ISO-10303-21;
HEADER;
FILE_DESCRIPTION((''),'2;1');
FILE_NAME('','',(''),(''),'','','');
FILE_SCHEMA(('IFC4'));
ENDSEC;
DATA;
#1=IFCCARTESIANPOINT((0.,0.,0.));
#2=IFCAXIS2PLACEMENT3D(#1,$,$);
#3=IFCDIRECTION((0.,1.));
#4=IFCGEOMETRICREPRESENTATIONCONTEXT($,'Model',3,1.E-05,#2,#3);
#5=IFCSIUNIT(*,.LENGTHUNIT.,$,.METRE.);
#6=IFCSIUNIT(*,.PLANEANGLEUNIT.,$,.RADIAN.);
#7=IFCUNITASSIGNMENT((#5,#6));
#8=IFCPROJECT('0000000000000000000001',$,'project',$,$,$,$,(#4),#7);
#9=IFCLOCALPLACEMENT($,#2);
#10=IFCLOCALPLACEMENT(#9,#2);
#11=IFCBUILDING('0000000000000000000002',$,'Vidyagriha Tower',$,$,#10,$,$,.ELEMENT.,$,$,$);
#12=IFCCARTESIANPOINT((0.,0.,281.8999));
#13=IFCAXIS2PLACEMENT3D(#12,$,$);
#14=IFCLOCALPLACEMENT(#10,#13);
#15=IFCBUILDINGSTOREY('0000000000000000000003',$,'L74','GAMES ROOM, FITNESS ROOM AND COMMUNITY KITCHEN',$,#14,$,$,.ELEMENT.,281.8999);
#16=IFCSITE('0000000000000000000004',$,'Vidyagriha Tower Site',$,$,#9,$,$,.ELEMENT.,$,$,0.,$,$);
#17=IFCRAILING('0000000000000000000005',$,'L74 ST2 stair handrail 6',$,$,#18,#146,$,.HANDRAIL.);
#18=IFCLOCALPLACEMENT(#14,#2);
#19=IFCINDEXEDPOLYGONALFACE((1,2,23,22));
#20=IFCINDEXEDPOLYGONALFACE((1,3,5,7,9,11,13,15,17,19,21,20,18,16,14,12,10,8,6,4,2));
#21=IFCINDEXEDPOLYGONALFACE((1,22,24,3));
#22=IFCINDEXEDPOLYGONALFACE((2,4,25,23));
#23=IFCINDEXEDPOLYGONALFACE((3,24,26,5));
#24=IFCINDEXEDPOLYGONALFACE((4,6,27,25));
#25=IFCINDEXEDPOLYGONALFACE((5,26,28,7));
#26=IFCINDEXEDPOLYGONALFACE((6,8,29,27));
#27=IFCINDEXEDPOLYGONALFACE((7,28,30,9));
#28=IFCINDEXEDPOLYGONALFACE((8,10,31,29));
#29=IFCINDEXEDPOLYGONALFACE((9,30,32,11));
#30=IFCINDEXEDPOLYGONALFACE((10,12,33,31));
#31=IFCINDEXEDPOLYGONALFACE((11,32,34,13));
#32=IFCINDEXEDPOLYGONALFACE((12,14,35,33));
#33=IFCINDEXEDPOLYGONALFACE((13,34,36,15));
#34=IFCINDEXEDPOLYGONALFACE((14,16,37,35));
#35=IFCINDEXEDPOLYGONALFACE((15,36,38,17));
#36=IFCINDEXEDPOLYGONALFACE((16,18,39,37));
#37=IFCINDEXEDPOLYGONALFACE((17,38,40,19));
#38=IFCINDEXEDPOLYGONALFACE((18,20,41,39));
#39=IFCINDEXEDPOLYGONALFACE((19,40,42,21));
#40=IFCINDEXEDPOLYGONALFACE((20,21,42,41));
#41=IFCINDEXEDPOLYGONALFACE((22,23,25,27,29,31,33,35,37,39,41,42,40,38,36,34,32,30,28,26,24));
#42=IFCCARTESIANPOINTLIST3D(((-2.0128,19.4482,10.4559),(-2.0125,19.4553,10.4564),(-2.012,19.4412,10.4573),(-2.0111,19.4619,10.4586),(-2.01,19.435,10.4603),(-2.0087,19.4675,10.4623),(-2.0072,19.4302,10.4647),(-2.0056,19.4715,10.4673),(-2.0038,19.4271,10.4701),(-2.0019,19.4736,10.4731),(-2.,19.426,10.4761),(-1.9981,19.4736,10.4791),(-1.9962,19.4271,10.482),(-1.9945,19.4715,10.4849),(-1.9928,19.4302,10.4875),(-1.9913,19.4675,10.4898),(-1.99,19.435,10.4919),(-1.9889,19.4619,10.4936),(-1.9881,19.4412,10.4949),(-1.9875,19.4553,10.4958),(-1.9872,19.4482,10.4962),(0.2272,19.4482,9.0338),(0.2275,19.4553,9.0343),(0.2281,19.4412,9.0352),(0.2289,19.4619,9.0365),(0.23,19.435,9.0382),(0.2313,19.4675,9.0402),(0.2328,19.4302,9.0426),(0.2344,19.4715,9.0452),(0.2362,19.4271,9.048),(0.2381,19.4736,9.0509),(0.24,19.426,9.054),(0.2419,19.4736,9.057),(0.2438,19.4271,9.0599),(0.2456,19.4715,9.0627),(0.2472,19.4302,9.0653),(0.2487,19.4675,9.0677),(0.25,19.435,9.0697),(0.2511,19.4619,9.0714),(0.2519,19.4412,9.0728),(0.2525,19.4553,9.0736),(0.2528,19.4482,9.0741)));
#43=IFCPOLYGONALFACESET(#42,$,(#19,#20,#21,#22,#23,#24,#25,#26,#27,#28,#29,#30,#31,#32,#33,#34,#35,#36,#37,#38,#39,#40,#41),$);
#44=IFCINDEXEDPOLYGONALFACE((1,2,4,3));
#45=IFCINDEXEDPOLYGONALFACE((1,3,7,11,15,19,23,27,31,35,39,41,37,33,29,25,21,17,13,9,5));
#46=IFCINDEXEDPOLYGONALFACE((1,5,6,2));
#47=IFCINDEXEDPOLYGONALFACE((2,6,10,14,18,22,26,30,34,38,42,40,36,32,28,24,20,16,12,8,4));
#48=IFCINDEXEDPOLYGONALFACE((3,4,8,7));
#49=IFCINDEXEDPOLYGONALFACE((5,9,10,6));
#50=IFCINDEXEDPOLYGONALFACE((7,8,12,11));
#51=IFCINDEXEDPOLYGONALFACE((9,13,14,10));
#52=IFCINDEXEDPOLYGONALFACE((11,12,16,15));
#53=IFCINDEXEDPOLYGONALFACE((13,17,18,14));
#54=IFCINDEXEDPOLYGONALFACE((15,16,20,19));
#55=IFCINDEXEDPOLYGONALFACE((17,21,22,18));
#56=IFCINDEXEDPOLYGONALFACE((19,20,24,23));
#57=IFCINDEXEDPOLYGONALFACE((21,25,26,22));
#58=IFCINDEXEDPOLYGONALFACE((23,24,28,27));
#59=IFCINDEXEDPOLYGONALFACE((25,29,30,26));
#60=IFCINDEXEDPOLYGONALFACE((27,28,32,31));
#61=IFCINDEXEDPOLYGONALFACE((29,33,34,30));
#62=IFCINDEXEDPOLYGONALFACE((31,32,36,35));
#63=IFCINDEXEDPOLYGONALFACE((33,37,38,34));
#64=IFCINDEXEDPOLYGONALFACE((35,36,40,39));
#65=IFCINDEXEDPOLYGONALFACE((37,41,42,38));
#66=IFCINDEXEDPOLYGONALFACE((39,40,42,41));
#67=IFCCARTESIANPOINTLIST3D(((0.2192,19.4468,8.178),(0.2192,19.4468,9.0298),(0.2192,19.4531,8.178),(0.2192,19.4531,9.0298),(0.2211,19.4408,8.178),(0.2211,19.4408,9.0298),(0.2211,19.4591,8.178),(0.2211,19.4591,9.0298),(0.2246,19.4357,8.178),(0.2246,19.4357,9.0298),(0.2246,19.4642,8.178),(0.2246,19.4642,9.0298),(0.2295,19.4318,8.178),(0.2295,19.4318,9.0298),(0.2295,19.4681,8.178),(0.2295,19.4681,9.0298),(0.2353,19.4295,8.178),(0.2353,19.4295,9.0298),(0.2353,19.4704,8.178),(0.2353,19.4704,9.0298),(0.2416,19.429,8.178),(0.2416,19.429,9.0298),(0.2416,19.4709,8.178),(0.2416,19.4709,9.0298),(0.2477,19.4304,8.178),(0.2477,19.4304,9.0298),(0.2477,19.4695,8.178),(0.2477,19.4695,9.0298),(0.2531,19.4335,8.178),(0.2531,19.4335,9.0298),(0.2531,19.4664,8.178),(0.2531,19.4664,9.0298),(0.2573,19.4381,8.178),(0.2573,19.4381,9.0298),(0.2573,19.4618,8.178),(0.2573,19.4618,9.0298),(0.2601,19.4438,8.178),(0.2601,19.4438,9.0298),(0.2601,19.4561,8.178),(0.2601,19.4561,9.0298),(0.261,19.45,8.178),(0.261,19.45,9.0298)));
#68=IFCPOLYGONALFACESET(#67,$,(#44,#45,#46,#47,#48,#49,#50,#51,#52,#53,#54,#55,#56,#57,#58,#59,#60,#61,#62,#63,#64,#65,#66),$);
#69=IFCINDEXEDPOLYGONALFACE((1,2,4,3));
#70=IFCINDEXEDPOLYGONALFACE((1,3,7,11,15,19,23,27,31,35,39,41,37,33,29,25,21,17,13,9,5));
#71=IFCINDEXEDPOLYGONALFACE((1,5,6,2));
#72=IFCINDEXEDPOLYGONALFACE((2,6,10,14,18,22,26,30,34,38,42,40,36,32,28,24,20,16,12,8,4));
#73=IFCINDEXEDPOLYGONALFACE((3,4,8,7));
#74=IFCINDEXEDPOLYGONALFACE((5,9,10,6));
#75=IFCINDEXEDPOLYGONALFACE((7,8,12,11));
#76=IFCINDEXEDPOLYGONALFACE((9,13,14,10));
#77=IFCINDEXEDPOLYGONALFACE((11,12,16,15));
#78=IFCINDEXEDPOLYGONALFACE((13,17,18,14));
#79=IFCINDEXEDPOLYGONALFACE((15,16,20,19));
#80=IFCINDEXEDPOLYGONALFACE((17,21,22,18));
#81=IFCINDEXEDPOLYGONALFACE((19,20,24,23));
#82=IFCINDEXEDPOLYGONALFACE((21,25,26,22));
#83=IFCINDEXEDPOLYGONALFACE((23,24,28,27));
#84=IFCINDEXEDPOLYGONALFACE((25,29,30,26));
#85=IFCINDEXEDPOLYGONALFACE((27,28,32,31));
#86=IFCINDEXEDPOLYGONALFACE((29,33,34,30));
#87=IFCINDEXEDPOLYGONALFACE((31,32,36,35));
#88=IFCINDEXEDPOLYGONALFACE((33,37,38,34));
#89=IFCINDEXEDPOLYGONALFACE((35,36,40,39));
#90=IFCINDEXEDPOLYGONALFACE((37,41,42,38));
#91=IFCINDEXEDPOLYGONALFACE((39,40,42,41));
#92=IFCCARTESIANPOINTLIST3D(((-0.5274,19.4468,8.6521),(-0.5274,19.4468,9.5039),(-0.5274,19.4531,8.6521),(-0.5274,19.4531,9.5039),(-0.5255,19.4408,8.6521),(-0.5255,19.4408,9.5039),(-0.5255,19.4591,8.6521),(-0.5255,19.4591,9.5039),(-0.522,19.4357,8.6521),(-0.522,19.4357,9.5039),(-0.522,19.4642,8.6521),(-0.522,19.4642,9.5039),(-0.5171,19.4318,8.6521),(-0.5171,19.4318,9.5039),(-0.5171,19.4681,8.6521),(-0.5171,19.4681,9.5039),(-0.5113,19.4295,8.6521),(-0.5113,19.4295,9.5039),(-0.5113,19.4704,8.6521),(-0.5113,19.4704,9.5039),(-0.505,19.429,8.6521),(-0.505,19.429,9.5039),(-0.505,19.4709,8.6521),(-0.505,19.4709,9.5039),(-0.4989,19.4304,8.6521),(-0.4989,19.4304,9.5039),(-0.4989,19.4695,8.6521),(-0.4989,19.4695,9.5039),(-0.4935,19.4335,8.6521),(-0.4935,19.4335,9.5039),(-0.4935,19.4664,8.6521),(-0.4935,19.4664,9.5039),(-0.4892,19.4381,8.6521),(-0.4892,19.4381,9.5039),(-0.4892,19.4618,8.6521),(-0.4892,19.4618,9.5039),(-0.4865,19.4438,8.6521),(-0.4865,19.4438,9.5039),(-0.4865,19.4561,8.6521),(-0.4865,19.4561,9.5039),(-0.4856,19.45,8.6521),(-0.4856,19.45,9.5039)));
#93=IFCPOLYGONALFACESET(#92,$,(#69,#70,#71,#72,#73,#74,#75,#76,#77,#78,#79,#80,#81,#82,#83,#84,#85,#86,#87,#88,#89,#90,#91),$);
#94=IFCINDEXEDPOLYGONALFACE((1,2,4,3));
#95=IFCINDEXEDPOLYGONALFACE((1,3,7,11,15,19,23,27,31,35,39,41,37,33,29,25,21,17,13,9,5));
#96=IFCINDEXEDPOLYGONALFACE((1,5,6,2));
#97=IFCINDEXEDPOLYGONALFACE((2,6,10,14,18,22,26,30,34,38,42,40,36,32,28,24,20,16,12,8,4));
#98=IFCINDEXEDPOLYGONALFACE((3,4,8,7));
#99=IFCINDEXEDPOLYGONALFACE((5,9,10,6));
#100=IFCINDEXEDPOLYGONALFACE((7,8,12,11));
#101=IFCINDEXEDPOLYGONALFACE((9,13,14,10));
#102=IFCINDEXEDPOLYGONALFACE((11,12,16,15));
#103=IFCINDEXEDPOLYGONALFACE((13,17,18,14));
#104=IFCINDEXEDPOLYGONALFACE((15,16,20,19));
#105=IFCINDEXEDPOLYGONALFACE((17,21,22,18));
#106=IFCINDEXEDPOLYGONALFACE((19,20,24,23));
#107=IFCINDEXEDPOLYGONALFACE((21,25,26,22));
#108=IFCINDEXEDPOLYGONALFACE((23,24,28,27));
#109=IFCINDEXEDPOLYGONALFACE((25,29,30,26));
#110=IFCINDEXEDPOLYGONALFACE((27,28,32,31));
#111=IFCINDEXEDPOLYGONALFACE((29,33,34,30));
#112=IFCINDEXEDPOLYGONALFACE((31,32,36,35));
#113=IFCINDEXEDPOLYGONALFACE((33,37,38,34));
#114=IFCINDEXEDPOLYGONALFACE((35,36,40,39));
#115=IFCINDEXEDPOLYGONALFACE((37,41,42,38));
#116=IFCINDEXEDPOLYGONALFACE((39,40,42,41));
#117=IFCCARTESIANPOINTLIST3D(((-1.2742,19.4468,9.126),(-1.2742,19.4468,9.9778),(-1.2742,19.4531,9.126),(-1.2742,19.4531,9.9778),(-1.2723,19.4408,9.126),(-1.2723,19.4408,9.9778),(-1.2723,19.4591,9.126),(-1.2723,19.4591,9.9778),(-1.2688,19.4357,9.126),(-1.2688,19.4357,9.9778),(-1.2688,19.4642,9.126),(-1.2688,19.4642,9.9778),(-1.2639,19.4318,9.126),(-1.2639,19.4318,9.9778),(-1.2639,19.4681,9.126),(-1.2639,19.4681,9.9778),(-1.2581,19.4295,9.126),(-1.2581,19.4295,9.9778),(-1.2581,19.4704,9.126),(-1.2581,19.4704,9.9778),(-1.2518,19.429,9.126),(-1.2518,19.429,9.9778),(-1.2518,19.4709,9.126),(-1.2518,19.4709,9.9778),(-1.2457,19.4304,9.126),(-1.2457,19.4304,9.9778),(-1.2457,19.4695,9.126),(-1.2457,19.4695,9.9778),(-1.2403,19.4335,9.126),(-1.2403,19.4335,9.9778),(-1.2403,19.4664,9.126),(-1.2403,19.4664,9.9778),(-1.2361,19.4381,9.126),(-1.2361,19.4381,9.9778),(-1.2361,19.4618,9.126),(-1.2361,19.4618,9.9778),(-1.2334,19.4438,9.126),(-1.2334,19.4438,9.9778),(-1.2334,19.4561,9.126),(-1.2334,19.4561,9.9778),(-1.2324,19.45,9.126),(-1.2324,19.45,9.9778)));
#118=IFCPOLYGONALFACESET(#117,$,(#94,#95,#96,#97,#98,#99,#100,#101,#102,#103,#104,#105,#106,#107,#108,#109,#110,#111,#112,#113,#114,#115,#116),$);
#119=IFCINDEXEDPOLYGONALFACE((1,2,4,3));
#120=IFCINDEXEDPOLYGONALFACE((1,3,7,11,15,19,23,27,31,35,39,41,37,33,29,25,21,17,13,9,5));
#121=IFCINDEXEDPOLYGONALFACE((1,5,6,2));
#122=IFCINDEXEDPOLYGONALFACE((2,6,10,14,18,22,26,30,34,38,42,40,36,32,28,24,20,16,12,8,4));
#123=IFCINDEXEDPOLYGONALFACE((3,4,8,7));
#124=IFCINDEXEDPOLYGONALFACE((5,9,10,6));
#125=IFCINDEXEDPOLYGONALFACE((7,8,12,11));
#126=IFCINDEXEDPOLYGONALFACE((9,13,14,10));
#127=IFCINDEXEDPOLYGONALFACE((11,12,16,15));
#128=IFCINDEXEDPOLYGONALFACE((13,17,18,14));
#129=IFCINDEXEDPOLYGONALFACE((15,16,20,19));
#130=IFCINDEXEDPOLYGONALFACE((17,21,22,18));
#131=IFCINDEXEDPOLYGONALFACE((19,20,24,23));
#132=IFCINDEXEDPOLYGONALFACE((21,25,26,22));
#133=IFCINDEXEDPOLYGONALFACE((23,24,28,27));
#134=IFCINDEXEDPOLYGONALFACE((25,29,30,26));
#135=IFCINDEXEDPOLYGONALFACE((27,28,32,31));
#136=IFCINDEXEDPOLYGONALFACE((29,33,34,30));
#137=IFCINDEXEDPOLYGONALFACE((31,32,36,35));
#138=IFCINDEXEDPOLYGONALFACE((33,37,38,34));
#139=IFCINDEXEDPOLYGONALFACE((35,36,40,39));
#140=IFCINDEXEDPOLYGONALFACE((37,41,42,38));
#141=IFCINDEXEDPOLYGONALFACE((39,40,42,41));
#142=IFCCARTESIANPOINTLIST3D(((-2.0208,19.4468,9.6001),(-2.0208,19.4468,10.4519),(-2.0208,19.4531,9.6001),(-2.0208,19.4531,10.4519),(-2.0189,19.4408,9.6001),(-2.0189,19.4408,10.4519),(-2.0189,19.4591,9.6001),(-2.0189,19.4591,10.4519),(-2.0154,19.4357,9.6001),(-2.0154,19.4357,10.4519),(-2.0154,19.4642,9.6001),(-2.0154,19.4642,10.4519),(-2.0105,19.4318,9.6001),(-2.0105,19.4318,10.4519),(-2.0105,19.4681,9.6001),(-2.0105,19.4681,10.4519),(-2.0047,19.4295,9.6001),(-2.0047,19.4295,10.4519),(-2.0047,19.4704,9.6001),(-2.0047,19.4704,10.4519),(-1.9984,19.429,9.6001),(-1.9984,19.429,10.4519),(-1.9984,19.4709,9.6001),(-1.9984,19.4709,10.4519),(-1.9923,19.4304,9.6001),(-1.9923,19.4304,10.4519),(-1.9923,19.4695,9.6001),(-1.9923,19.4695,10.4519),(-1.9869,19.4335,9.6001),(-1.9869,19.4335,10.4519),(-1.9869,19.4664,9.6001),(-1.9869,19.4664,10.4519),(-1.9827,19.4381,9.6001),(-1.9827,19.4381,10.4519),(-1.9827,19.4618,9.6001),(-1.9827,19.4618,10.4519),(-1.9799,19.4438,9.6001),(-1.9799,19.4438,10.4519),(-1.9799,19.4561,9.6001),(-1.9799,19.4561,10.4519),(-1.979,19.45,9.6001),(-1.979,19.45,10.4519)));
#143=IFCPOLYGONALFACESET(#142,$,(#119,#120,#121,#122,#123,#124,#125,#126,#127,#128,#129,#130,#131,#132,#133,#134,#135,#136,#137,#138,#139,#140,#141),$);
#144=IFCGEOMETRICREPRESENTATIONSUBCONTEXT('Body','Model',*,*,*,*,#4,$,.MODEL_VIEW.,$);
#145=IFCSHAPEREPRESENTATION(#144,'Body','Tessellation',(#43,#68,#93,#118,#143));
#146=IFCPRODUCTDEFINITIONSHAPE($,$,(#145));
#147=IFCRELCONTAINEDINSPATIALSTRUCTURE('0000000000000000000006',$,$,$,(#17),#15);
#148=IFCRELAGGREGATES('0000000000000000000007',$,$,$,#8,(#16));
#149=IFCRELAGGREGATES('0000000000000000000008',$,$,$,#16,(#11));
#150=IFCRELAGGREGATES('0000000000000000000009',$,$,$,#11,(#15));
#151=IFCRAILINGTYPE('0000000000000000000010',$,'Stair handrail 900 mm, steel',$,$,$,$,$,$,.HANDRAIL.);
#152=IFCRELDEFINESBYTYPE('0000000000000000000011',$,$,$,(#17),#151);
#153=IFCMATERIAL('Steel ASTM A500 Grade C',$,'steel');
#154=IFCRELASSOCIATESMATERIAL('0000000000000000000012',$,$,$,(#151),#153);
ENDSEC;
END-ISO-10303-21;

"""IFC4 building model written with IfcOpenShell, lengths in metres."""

from ifc_helpers import new_model, si_unit, direction, frame, origin, origin_2d, place, context, subcontext, project, spatial, circle, extrude, material, type_object, element, save


model = new_model("IFC4")

# Units and contexts
model_context = context("Model", 3, precision=1e-05, world=origin(), true_north=direction((0.0, 1.0)))
body_context = subcontext(model_context, "Body", "Model", "MODEL_VIEW")
ifc_project = project(units=[si_unit("LENGTHUNIT", "METRE"), si_unit("PLANEANGLEUNIT", "RADIAN")], contexts=[model_context])

# Site, building, storey
site_placement = place(None, origin())
site = spatial("IfcSite", under=ifc_project, at=site_placement, Name="Vidyagriha Tower Site", CompositionType="ELEMENT", RefElevation=0.0)
building_placement = place(site_placement, origin())
building = spatial("IfcBuilding", under=site, at=building_placement, Name="Vidyagriha Tower", CompositionType="ELEMENT")
storey_placement = place(building_placement, frame((0.0, 0.0, 281.8999)))
storey = spatial("IfcBuildingStorey", under=building, at=storey_placement, Name="L74", Description="GAMES ROOM, FITNESS ROOM AND COMMUNITY KITCHEN", CompositionType="ELEMENT", Elevation=281.8999)

# Railing
ifc_material_1 = material(Name="Steel ASTM A500 Grade C", Category="steel")
railing_type_1 = type_object("IfcRailingType", Name="Stair handrail 900 mm, steel", PredefinedType="HANDRAIL", material=ifc_material_1)
railing_1_placement = place(storey_placement, frame((0.24, 19.45, 8.178)))
element("IfcRailing", 1, at=railing_1_placement, inside=storey, type_object=railing_type_1, Name="L74 ST2 stair handrail 6", PredefinedType="HANDRAIL", context=body_context, shape_type="SweptSolid", body=[
    extrude(circle(Radius=0.0239, at=origin_2d()), frame((0.0, 0.0, 0.876), z_axis=(-0.844229, 0.0, 0.535982), x_axis=(0.0, -1.0, 0.0)), (0.0, 0.0, 1.0), 2.6533),
    extrude(circle(Radius=0.021, at=origin_2d()), origin(), (0.0, 0.0, 1.0), 0.8518),
    extrude(circle(Radius=0.021, at=origin_2d()), frame((-0.7466, 0.0, 0.4741)), (0.0, 0.0, 1.0), 0.8518),
    extrude(circle(Radius=0.021, at=origin_2d()), frame((-1.4934, 0.0, 0.948)), (0.0, 0.0, 1.0), 0.8518),
    extrude(circle(Radius=0.021, at=origin_2d()), frame((-2.24, 0.0, 1.4221)), (0.0, 0.0, 1.0), 0.8518),
])

save(model, "model.ifc")
